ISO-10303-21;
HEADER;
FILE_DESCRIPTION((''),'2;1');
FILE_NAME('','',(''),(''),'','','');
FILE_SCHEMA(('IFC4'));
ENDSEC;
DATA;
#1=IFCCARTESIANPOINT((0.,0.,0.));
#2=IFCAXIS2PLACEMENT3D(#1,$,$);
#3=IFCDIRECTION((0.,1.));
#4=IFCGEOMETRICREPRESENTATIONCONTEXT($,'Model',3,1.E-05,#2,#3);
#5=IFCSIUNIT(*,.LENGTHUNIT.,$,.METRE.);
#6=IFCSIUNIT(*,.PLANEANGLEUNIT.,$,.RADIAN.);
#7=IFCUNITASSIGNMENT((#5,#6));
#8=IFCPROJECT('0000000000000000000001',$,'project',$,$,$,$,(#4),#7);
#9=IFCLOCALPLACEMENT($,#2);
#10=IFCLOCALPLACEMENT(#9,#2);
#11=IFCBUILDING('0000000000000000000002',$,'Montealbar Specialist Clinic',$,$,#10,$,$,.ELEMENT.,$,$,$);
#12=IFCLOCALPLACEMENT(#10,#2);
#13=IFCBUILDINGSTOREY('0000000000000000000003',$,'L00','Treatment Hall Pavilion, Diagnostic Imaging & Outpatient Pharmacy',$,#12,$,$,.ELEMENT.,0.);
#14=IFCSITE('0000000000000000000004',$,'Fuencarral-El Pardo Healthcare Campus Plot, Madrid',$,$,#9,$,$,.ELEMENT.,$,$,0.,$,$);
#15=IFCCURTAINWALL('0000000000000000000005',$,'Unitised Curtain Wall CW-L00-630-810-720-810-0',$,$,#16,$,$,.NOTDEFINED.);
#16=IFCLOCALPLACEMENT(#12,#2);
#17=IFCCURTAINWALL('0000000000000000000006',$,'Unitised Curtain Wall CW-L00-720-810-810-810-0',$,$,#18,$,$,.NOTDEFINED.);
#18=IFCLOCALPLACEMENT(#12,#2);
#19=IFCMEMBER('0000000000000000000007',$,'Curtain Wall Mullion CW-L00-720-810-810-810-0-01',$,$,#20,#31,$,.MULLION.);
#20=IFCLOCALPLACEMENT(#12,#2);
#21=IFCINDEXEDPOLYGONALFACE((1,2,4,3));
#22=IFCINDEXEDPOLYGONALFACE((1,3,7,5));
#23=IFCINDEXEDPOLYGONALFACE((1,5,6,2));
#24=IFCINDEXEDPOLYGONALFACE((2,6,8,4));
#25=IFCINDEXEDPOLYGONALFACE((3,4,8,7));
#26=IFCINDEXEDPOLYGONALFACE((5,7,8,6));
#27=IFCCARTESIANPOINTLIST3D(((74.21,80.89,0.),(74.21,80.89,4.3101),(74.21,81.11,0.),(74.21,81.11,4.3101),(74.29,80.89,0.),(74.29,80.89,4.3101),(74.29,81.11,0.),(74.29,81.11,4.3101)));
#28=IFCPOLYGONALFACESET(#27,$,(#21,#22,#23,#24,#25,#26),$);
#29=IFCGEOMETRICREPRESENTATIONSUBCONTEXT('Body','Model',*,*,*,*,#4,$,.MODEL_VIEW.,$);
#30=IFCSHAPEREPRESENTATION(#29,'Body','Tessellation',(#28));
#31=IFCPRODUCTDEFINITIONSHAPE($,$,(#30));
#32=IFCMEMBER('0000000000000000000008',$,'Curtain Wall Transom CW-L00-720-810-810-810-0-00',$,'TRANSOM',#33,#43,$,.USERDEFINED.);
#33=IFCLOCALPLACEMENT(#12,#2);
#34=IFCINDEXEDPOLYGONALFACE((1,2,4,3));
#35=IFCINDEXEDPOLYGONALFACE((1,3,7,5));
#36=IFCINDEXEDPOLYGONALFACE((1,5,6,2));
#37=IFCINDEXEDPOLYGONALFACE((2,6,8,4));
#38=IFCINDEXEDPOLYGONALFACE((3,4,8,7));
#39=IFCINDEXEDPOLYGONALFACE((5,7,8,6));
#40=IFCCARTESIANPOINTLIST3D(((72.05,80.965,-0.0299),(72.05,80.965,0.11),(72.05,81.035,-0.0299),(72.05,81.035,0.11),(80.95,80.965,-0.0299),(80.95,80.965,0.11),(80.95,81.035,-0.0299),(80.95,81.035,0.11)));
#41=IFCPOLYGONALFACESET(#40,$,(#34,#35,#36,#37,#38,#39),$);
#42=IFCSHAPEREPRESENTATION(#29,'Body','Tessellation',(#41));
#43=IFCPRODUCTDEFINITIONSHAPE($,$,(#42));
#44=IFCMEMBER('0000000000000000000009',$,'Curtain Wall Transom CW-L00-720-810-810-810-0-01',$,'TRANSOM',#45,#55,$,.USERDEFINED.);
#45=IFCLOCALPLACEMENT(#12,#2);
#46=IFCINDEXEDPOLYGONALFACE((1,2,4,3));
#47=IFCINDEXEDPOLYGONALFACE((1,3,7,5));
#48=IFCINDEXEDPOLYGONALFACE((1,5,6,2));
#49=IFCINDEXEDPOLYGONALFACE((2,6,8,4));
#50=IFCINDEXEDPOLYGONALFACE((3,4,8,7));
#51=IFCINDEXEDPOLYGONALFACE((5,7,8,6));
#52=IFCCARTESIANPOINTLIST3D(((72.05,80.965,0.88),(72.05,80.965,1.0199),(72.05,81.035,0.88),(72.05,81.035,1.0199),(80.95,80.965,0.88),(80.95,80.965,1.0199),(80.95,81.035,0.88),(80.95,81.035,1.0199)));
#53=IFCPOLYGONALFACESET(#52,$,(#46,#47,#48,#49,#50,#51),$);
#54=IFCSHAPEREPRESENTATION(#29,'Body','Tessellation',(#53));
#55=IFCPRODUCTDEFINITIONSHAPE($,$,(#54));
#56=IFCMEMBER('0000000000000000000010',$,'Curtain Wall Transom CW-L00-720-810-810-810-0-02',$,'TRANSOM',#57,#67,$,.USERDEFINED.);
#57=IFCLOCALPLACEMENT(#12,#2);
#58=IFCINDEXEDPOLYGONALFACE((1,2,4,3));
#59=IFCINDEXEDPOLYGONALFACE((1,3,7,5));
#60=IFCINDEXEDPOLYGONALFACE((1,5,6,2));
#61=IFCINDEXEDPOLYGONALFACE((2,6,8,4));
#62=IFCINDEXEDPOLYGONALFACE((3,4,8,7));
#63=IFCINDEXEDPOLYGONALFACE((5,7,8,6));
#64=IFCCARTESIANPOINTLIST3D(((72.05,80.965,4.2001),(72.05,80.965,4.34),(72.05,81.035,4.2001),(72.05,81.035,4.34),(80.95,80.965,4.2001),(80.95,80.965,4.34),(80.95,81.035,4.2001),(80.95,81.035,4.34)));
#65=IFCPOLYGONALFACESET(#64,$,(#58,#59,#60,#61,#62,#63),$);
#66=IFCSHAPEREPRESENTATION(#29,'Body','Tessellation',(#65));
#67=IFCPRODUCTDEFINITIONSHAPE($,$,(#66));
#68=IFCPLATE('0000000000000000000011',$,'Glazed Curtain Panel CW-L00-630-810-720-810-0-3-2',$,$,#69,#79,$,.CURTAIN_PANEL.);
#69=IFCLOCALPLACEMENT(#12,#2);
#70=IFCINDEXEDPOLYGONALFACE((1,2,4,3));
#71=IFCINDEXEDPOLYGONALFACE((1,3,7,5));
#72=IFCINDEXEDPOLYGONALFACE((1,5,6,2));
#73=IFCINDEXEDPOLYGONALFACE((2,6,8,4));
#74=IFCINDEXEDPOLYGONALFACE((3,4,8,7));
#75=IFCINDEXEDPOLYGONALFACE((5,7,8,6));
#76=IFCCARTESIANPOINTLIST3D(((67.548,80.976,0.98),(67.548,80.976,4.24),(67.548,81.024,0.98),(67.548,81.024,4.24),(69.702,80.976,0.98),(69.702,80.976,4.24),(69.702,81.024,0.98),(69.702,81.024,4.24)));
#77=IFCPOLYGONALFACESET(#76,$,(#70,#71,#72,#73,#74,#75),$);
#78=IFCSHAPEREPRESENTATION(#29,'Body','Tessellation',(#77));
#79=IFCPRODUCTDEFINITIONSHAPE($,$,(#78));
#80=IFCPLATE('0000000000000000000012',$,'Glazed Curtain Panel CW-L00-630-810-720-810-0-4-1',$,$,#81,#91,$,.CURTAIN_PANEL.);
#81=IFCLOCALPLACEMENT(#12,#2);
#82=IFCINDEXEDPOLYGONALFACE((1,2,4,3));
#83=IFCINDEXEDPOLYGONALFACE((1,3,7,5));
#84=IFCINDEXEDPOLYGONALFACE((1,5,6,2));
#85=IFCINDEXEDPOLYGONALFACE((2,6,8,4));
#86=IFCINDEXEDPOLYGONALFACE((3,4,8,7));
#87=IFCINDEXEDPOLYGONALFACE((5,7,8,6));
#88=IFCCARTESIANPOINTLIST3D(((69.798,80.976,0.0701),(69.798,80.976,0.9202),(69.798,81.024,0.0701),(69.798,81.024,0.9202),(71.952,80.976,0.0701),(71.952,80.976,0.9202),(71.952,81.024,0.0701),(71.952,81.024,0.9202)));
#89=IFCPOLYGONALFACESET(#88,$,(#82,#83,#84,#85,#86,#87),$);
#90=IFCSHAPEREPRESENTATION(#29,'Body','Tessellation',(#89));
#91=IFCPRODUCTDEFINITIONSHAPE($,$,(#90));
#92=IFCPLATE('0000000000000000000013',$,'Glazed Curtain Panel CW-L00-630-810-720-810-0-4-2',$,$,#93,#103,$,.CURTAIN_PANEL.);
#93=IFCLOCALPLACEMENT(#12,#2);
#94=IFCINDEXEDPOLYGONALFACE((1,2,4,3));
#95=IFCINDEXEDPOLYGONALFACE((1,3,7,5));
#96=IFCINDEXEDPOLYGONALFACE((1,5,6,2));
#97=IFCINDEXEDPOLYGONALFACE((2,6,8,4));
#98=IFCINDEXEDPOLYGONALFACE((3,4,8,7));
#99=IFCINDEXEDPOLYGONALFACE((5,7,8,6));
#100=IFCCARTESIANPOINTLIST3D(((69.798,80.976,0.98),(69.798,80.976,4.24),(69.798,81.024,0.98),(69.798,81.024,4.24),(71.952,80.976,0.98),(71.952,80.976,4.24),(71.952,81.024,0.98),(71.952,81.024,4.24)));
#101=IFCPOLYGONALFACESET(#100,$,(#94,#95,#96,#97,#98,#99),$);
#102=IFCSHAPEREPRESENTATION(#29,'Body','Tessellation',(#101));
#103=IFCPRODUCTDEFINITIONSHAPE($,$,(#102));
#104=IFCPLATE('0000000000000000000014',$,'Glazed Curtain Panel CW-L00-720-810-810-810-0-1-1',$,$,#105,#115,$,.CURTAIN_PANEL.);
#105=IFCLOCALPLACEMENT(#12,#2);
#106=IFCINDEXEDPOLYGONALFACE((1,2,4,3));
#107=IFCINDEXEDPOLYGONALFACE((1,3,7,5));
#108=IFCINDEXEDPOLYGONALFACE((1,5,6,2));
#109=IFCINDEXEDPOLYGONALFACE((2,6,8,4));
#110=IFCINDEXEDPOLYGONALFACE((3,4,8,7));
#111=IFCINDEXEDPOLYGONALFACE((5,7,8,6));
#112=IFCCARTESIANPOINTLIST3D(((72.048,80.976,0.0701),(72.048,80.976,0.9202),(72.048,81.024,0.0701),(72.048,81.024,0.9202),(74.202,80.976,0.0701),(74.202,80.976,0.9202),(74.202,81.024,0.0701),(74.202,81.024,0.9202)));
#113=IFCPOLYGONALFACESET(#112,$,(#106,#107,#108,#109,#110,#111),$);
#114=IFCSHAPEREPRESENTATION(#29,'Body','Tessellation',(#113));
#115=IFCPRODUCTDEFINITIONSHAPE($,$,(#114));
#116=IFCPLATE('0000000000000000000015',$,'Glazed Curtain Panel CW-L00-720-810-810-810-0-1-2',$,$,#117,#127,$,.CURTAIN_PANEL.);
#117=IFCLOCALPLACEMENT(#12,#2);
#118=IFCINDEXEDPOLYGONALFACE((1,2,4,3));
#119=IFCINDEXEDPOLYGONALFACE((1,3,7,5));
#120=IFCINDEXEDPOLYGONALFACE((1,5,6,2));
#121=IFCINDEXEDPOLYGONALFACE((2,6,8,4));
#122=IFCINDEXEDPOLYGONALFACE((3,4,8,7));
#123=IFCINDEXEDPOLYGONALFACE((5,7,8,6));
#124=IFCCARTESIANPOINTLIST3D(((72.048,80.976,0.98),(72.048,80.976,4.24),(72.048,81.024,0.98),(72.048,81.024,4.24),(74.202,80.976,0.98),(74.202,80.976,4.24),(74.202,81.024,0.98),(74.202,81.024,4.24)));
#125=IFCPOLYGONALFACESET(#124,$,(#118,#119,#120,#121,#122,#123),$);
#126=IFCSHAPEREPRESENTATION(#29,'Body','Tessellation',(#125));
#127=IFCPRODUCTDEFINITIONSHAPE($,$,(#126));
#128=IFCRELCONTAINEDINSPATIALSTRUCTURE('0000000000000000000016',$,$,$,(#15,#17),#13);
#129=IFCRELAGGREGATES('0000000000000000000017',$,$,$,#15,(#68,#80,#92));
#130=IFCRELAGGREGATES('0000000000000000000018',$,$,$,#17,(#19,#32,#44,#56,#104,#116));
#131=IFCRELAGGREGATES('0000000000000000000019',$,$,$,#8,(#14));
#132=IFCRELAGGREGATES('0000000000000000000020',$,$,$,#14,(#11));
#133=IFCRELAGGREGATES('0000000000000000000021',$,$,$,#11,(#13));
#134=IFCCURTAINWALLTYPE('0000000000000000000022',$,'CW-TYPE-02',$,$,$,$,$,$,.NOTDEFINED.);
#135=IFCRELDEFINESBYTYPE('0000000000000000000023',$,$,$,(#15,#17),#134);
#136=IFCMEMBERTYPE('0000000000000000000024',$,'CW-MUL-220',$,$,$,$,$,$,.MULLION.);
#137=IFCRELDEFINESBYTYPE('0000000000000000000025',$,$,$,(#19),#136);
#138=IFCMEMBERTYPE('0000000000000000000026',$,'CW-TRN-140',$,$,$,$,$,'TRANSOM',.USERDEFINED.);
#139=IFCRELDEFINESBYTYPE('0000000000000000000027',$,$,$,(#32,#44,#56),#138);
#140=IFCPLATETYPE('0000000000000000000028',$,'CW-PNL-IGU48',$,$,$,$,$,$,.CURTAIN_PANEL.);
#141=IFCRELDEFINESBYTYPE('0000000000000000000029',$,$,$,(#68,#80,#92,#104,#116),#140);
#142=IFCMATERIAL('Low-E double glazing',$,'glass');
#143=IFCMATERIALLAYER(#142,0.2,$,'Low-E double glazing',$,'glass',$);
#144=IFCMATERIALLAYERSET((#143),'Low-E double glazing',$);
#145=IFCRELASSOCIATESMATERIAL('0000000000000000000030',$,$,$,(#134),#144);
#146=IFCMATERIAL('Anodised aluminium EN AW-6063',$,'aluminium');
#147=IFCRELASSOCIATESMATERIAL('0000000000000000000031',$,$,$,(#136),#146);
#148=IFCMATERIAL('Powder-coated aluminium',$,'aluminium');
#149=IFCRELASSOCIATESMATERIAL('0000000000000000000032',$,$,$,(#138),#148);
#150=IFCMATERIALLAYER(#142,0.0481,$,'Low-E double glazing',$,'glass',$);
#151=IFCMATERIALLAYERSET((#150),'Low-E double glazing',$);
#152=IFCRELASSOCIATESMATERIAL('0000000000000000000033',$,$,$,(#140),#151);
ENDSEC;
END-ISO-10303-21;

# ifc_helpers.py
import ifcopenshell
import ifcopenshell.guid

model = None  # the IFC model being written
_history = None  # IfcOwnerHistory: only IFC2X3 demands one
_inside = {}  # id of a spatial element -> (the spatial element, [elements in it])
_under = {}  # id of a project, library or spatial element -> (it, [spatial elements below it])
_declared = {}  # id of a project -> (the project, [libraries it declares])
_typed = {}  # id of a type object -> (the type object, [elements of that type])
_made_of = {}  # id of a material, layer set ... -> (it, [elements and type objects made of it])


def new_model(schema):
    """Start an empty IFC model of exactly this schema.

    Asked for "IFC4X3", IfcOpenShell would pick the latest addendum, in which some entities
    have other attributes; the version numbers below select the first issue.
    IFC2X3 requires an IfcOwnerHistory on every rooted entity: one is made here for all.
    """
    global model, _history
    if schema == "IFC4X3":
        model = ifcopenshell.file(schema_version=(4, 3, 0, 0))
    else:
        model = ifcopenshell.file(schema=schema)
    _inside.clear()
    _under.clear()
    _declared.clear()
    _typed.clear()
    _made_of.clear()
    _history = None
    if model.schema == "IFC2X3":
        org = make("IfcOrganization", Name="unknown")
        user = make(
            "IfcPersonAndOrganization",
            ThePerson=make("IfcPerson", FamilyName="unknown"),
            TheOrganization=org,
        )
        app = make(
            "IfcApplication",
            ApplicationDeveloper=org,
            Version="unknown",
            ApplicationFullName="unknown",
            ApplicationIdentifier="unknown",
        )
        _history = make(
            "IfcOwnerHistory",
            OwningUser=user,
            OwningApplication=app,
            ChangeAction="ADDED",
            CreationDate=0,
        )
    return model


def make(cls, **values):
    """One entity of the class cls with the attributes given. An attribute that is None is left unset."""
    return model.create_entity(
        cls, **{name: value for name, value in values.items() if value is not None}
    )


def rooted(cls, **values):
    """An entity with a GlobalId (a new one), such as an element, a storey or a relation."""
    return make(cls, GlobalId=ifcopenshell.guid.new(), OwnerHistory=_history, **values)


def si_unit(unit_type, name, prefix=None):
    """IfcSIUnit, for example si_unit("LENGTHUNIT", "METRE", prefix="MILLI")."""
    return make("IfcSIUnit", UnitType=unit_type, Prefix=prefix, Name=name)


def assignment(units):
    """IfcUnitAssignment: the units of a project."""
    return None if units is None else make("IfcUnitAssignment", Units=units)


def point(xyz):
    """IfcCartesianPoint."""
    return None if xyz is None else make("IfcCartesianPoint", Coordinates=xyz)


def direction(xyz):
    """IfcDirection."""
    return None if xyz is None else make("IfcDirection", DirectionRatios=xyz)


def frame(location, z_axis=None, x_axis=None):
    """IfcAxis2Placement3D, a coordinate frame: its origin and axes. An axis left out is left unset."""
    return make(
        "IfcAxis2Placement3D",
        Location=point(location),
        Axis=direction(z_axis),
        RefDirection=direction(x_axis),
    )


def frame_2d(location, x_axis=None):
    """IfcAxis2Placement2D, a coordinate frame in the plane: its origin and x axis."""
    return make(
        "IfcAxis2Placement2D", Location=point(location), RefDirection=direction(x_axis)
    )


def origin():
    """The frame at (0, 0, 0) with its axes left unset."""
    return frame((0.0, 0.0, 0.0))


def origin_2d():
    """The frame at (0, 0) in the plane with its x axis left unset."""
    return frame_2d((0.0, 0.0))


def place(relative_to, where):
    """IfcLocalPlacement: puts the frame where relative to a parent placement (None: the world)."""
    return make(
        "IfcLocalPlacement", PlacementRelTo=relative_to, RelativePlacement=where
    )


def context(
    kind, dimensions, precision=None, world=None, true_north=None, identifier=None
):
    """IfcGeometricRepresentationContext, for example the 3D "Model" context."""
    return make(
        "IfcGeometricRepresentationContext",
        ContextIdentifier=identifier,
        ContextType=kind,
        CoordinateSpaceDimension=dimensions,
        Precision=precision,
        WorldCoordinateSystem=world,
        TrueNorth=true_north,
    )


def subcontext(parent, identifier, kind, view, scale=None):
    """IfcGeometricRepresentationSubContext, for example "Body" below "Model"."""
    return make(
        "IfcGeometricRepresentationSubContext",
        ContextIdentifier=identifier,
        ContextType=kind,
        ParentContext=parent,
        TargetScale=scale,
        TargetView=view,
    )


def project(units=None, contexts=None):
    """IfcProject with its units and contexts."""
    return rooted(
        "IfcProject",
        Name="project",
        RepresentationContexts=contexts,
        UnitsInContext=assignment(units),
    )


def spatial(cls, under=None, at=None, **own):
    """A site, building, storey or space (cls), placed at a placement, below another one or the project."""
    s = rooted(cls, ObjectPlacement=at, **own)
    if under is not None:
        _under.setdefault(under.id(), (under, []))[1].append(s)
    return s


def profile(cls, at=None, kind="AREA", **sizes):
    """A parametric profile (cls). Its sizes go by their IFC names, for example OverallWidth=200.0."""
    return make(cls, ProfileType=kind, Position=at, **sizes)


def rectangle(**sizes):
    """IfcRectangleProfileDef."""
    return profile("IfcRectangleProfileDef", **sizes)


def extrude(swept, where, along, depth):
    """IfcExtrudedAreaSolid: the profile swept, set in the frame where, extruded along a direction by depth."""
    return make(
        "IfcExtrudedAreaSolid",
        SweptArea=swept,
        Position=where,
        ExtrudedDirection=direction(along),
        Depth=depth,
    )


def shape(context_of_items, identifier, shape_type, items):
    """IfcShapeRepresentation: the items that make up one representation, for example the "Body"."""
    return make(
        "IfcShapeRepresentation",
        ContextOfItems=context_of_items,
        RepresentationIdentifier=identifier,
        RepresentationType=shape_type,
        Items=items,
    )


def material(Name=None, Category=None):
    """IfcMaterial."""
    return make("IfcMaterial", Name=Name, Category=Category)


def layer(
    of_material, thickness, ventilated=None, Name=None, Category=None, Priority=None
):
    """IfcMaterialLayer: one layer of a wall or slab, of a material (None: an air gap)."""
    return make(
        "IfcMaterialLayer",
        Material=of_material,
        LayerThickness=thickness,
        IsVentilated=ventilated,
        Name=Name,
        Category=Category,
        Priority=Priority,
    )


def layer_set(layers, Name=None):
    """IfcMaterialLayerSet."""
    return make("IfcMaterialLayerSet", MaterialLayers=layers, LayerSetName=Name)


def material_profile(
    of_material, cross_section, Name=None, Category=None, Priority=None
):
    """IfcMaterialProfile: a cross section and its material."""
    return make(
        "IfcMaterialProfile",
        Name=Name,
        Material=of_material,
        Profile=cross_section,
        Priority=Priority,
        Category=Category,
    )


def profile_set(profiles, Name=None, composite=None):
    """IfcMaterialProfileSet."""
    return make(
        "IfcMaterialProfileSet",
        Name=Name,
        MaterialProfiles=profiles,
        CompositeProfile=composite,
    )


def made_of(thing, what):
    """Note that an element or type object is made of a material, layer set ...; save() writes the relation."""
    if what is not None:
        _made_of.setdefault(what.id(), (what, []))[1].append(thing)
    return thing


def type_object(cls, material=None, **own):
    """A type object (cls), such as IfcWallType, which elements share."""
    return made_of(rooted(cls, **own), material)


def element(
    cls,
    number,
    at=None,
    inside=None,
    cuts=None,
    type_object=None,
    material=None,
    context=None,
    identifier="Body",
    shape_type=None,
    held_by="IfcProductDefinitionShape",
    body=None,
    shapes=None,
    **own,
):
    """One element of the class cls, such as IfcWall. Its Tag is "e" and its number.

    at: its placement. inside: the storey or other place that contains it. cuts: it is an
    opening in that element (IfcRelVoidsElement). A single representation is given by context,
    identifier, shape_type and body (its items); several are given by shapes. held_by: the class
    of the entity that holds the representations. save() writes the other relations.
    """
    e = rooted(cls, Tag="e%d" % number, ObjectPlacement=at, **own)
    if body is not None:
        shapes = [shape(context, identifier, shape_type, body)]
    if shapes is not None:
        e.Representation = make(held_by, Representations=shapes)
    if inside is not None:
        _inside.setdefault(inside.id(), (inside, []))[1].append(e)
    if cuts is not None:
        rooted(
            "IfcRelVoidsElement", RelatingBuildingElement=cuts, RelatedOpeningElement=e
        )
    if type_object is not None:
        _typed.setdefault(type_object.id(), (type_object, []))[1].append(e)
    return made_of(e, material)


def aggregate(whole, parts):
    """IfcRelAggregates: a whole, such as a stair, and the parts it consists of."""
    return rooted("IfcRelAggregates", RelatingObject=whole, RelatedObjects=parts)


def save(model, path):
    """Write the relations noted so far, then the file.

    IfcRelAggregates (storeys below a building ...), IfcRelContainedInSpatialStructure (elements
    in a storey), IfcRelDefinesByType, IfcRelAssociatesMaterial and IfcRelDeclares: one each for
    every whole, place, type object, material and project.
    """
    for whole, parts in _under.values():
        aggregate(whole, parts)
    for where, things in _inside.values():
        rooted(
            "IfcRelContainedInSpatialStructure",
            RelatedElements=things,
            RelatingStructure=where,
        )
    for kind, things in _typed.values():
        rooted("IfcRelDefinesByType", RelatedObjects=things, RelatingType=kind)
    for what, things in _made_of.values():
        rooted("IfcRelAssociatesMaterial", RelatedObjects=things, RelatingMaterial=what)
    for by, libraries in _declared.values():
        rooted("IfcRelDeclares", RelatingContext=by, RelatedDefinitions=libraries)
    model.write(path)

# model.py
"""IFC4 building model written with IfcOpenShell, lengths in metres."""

from ifc_helpers import new_model, si_unit, direction, frame, origin, origin_2d, place, context, subcontext, project, spatial, rectangle, extrude, material, layer, layer_set, material_profile, profile_set, type_object, element, aggregate, save


model = new_model("IFC4")

# Units and contexts
model_context = context("Model", 3, precision=1e-05, world=origin(), true_north=direction((0.0, 1.0)))
body_context = subcontext(model_context, "Body", "Model", "MODEL_VIEW")
ifc_project = project(units=[si_unit("LENGTHUNIT", "METRE"), si_unit("PLANEANGLEUNIT", "RADIAN")], contexts=[model_context])

# Site, building, storey
site_placement = place(None, origin())
site = spatial("IfcSite", under=ifc_project, at=site_placement, Name="Fuencarral-El Pardo Healthcare Campus Plot, Madrid", CompositionType="ELEMENT", RefElevation=0.0)
building_placement = place(site_placement, origin())
building = spatial("IfcBuilding", under=site, at=building_placement, Name="Montealbar Specialist Clinic", CompositionType="ELEMENT")
storey_placement = place(building_placement, origin())
storey = spatial("IfcBuildingStorey", under=building, at=storey_placement, Name="L00", Description="Treatment Hall Pavilion, Diagnostic Imaging & Outpatient Pharmacy", CompositionType="ELEMENT", Elevation=0.0)

# Curtain walls, members
ifc_material_1 = material(Name="Low-E double glazing", Category="glass")
ifc_layer_1 = layer(ifc_material_1, 0.2, Name="Low-E double glazing", Category="glass")
ifc_layer_set_1 = layer_set([ifc_layer_1], Name="Low-E double glazing")
curtain_wall_type = type_object("IfcCurtainWallType", Name="CW-TYPE-02", PredefinedType="NOTDEFINED", material=ifc_layer_set_1)
curtain_wall_1_placement = place(storey_placement, origin())
curtain_wall_1 = element("IfcCurtainWall", 1, at=curtain_wall_1_placement, inside=storey, type_object=curtain_wall_type, Name="Unitised Curtain Wall CW-L00-630-810-720-810-0", PredefinedType="NOTDEFINED")
ifc_material_2 = material(Name="Anodised aluminium EN AW-6063", Category="aluminium")
ifc_material_profile_1 = material_profile(ifc_material_2, rectangle(XDim=0.0801, YDim=0.22, at=origin_2d()), Name="ALU 80x220", Category="aluminium")
ifc_profile_set_1 = profile_set([ifc_material_profile_1], Name="Anodised aluminium EN AW-6063")
member_type_1 = type_object("IfcMemberType", Name="CW-MUL-220", PredefinedType="MULLION", material=ifc_profile_set_1)
curtain_wall_2_placement = place(storey_placement, origin())
curtain_wall_2 = element("IfcCurtainWall", 2, at=curtain_wall_2_placement, inside=storey, type_object=curtain_wall_type, Name="Unitised Curtain Wall CW-L00-720-810-810-810-0", PredefinedType="NOTDEFINED")
member_1_placement = place(storey_placement, frame((74.25, 81.0, 0.0), z_axis=(0.0, 0.0, 1.0), x_axis=(1.0, 0.0, 0.0)))
member_1 = element("IfcMember", 3, at=member_1_placement, type_object=member_type_1, Name="Curtain Wall Mullion CW-L00-720-810-810-810-0-01", PredefinedType="MULLION", context=body_context, shape_type="SweptSolid", body=[
    extrude(rectangle(XDim=0.0801, YDim=0.22, at=origin_2d()), origin(), (0.0, 0.0, 1.0), 4.3101),
])
ifc_material_3 = material(Name="Powder-coated aluminium", Category="aluminium")
ifc_material_profile_2 = material_profile(ifc_material_3, rectangle(XDim=0.0701, YDim=0.1399, at=origin_2d()), Name="ALU 70x140", Category="aluminium")
ifc_profile_set_2 = profile_set([ifc_material_profile_2], Name="Powder-coated aluminium")
member_type_2 = type_object("IfcMemberType", Name="CW-TRN-140", ElementType="TRANSOM", PredefinedType="USERDEFINED", material=ifc_profile_set_2)
member_2_placement = place(storey_placement, frame((72.05, 81.0, 0.04), z_axis=(1.0, 0.0, 0.0), x_axis=(0.0, 1.0, 0.0)))
member_2 = element("IfcMember", 4, at=member_2_placement, type_object=member_type_2, Name="Curtain Wall Transom CW-L00-720-810-810-810-0-00", ObjectType="TRANSOM", PredefinedType="USERDEFINED", context=body_context, shape_type="SweptSolid", body=[
    extrude(rectangle(XDim=0.0701, YDim=0.1399, at=origin_2d()), origin(), (0.0, 0.0, 1.0), 8.8999),
])
member_3_placement = place(storey_placement, frame((72.05, 81.0, 0.95), z_axis=(1.0, 0.0, 0.0), x_axis=(0.0, 1.0, 0.0)))
member_3 = element("IfcMember", 5, at=member_3_placement, type_object=member_type_2, Name="Curtain Wall Transom CW-L00-720-810-810-810-0-01", ObjectType="TRANSOM", PredefinedType="USERDEFINED", context=body_context, shape_type="SweptSolid", body=[
    extrude(rectangle(XDim=0.0701, YDim=0.1399, at=origin_2d()), origin(), (0.0, 0.0, 1.0), 8.8999),
])
member_4_placement = place(storey_placement, frame((72.05, 81.0, 4.27), z_axis=(1.0, 0.0, 0.0), x_axis=(0.0, 1.0, 0.0)))
member_4 = element("IfcMember", 6, at=member_4_placement, type_object=member_type_2, Name="Curtain Wall Transom CW-L00-720-810-810-810-0-02", ObjectType="TRANSOM", PredefinedType="USERDEFINED", context=body_context, shape_type="SweptSolid", body=[
    extrude(rectangle(XDim=0.0701, YDim=0.1399, at=origin_2d()), origin(), (0.0, 0.0, 1.0), 8.8999),
])

# Plates
ifc_layer_2 = layer(ifc_material_1, 0.0481, Name="Low-E double glazing", Category="glass")
ifc_layer_set_2 = layer_set([ifc_layer_2], Name="Low-E double glazing")
plate_type = type_object("IfcPlateType", Name="CW-PNL-IGU48", PredefinedType="CURTAIN_PANEL", material=ifc_layer_set_2)
plate_1_placement = place(storey_placement, frame((68.625, 81.0, 0.98), z_axis=(0.0, 0.0, 1.0), x_axis=(1.0, 0.0, 0.0)))
plate_1 = element("IfcPlate", 7, at=plate_1_placement, type_object=plate_type, Name="Glazed Curtain Panel CW-L00-630-810-720-810-0-3-2", PredefinedType="CURTAIN_PANEL", context=body_context, shape_type="SweptSolid", body=[
    extrude(rectangle(XDim=2.1541, YDim=0.0481, at=origin_2d()), origin(), (0.0, 0.0, 1.0), 3.26),
])
plate_2_placement = place(storey_placement, frame((70.875, 81.0, 0.0701), z_axis=(0.0, 0.0, 1.0), x_axis=(1.0, 0.0, 0.0)))
plate_2 = element("IfcPlate", 8, at=plate_2_placement, type_object=plate_type, Name="Glazed Curtain Panel CW-L00-630-810-720-810-0-4-1", PredefinedType="CURTAIN_PANEL", context=body_context, shape_type="SweptSolid", body=[
    extrude(rectangle(XDim=2.1541, YDim=0.0481, at=origin_2d()), origin(), (0.0, 0.0, 1.0), 0.8501),
])
plate_3_placement = place(storey_placement, frame((70.875, 81.0, 0.98), z_axis=(0.0, 0.0, 1.0), x_axis=(1.0, 0.0, 0.0)))
plate_3 = element("IfcPlate", 9, at=plate_3_placement, type_object=plate_type, Name="Glazed Curtain Panel CW-L00-630-810-720-810-0-4-2", PredefinedType="CURTAIN_PANEL", context=body_context, shape_type="SweptSolid", body=[
    extrude(rectangle(XDim=2.1541, YDim=0.0481, at=origin_2d()), origin(), (0.0, 0.0, 1.0), 3.26),
])
aggregate(curtain_wall_1, [plate_1, plate_2, plate_3])
plate_4_placement = place(storey_placement, frame((73.125, 81.0, 0.0701), z_axis=(0.0, 0.0, 1.0), x_axis=(1.0, 0.0, 0.0)))
plate_4 = element("IfcPlate", 10, at=plate_4_placement, type_object=plate_type, Name="Glazed Curtain Panel CW-L00-720-810-810-810-0-1-1", PredefinedType="CURTAIN_PANEL", context=body_context, shape_type="SweptSolid", body=[
    extrude(rectangle(XDim=2.1541, YDim=0.0481, at=origin_2d()), origin(), (0.0, 0.0, 1.0), 0.8501),
])
plate_5_placement = place(storey_placement, frame((73.125, 81.0, 0.98), z_axis=(0.0, 0.0, 1.0), x_axis=(1.0, 0.0, 0.0)))
plate_5 = element("IfcPlate", 11, at=plate_5_placement, type_object=plate_type, Name="Glazed Curtain Panel CW-L00-720-810-810-810-0-1-2", PredefinedType="CURTAIN_PANEL", context=body_context, shape_type="SweptSolid", body=[
    extrude(rectangle(XDim=2.1541, YDim=0.0481, at=origin_2d()), origin(), (0.0, 0.0, 1.0), 3.26),
])
aggregate(curtain_wall_2, [member_1, member_2, member_3, member_4, plate_4, plate_5])

save(model, "model.ifc")
